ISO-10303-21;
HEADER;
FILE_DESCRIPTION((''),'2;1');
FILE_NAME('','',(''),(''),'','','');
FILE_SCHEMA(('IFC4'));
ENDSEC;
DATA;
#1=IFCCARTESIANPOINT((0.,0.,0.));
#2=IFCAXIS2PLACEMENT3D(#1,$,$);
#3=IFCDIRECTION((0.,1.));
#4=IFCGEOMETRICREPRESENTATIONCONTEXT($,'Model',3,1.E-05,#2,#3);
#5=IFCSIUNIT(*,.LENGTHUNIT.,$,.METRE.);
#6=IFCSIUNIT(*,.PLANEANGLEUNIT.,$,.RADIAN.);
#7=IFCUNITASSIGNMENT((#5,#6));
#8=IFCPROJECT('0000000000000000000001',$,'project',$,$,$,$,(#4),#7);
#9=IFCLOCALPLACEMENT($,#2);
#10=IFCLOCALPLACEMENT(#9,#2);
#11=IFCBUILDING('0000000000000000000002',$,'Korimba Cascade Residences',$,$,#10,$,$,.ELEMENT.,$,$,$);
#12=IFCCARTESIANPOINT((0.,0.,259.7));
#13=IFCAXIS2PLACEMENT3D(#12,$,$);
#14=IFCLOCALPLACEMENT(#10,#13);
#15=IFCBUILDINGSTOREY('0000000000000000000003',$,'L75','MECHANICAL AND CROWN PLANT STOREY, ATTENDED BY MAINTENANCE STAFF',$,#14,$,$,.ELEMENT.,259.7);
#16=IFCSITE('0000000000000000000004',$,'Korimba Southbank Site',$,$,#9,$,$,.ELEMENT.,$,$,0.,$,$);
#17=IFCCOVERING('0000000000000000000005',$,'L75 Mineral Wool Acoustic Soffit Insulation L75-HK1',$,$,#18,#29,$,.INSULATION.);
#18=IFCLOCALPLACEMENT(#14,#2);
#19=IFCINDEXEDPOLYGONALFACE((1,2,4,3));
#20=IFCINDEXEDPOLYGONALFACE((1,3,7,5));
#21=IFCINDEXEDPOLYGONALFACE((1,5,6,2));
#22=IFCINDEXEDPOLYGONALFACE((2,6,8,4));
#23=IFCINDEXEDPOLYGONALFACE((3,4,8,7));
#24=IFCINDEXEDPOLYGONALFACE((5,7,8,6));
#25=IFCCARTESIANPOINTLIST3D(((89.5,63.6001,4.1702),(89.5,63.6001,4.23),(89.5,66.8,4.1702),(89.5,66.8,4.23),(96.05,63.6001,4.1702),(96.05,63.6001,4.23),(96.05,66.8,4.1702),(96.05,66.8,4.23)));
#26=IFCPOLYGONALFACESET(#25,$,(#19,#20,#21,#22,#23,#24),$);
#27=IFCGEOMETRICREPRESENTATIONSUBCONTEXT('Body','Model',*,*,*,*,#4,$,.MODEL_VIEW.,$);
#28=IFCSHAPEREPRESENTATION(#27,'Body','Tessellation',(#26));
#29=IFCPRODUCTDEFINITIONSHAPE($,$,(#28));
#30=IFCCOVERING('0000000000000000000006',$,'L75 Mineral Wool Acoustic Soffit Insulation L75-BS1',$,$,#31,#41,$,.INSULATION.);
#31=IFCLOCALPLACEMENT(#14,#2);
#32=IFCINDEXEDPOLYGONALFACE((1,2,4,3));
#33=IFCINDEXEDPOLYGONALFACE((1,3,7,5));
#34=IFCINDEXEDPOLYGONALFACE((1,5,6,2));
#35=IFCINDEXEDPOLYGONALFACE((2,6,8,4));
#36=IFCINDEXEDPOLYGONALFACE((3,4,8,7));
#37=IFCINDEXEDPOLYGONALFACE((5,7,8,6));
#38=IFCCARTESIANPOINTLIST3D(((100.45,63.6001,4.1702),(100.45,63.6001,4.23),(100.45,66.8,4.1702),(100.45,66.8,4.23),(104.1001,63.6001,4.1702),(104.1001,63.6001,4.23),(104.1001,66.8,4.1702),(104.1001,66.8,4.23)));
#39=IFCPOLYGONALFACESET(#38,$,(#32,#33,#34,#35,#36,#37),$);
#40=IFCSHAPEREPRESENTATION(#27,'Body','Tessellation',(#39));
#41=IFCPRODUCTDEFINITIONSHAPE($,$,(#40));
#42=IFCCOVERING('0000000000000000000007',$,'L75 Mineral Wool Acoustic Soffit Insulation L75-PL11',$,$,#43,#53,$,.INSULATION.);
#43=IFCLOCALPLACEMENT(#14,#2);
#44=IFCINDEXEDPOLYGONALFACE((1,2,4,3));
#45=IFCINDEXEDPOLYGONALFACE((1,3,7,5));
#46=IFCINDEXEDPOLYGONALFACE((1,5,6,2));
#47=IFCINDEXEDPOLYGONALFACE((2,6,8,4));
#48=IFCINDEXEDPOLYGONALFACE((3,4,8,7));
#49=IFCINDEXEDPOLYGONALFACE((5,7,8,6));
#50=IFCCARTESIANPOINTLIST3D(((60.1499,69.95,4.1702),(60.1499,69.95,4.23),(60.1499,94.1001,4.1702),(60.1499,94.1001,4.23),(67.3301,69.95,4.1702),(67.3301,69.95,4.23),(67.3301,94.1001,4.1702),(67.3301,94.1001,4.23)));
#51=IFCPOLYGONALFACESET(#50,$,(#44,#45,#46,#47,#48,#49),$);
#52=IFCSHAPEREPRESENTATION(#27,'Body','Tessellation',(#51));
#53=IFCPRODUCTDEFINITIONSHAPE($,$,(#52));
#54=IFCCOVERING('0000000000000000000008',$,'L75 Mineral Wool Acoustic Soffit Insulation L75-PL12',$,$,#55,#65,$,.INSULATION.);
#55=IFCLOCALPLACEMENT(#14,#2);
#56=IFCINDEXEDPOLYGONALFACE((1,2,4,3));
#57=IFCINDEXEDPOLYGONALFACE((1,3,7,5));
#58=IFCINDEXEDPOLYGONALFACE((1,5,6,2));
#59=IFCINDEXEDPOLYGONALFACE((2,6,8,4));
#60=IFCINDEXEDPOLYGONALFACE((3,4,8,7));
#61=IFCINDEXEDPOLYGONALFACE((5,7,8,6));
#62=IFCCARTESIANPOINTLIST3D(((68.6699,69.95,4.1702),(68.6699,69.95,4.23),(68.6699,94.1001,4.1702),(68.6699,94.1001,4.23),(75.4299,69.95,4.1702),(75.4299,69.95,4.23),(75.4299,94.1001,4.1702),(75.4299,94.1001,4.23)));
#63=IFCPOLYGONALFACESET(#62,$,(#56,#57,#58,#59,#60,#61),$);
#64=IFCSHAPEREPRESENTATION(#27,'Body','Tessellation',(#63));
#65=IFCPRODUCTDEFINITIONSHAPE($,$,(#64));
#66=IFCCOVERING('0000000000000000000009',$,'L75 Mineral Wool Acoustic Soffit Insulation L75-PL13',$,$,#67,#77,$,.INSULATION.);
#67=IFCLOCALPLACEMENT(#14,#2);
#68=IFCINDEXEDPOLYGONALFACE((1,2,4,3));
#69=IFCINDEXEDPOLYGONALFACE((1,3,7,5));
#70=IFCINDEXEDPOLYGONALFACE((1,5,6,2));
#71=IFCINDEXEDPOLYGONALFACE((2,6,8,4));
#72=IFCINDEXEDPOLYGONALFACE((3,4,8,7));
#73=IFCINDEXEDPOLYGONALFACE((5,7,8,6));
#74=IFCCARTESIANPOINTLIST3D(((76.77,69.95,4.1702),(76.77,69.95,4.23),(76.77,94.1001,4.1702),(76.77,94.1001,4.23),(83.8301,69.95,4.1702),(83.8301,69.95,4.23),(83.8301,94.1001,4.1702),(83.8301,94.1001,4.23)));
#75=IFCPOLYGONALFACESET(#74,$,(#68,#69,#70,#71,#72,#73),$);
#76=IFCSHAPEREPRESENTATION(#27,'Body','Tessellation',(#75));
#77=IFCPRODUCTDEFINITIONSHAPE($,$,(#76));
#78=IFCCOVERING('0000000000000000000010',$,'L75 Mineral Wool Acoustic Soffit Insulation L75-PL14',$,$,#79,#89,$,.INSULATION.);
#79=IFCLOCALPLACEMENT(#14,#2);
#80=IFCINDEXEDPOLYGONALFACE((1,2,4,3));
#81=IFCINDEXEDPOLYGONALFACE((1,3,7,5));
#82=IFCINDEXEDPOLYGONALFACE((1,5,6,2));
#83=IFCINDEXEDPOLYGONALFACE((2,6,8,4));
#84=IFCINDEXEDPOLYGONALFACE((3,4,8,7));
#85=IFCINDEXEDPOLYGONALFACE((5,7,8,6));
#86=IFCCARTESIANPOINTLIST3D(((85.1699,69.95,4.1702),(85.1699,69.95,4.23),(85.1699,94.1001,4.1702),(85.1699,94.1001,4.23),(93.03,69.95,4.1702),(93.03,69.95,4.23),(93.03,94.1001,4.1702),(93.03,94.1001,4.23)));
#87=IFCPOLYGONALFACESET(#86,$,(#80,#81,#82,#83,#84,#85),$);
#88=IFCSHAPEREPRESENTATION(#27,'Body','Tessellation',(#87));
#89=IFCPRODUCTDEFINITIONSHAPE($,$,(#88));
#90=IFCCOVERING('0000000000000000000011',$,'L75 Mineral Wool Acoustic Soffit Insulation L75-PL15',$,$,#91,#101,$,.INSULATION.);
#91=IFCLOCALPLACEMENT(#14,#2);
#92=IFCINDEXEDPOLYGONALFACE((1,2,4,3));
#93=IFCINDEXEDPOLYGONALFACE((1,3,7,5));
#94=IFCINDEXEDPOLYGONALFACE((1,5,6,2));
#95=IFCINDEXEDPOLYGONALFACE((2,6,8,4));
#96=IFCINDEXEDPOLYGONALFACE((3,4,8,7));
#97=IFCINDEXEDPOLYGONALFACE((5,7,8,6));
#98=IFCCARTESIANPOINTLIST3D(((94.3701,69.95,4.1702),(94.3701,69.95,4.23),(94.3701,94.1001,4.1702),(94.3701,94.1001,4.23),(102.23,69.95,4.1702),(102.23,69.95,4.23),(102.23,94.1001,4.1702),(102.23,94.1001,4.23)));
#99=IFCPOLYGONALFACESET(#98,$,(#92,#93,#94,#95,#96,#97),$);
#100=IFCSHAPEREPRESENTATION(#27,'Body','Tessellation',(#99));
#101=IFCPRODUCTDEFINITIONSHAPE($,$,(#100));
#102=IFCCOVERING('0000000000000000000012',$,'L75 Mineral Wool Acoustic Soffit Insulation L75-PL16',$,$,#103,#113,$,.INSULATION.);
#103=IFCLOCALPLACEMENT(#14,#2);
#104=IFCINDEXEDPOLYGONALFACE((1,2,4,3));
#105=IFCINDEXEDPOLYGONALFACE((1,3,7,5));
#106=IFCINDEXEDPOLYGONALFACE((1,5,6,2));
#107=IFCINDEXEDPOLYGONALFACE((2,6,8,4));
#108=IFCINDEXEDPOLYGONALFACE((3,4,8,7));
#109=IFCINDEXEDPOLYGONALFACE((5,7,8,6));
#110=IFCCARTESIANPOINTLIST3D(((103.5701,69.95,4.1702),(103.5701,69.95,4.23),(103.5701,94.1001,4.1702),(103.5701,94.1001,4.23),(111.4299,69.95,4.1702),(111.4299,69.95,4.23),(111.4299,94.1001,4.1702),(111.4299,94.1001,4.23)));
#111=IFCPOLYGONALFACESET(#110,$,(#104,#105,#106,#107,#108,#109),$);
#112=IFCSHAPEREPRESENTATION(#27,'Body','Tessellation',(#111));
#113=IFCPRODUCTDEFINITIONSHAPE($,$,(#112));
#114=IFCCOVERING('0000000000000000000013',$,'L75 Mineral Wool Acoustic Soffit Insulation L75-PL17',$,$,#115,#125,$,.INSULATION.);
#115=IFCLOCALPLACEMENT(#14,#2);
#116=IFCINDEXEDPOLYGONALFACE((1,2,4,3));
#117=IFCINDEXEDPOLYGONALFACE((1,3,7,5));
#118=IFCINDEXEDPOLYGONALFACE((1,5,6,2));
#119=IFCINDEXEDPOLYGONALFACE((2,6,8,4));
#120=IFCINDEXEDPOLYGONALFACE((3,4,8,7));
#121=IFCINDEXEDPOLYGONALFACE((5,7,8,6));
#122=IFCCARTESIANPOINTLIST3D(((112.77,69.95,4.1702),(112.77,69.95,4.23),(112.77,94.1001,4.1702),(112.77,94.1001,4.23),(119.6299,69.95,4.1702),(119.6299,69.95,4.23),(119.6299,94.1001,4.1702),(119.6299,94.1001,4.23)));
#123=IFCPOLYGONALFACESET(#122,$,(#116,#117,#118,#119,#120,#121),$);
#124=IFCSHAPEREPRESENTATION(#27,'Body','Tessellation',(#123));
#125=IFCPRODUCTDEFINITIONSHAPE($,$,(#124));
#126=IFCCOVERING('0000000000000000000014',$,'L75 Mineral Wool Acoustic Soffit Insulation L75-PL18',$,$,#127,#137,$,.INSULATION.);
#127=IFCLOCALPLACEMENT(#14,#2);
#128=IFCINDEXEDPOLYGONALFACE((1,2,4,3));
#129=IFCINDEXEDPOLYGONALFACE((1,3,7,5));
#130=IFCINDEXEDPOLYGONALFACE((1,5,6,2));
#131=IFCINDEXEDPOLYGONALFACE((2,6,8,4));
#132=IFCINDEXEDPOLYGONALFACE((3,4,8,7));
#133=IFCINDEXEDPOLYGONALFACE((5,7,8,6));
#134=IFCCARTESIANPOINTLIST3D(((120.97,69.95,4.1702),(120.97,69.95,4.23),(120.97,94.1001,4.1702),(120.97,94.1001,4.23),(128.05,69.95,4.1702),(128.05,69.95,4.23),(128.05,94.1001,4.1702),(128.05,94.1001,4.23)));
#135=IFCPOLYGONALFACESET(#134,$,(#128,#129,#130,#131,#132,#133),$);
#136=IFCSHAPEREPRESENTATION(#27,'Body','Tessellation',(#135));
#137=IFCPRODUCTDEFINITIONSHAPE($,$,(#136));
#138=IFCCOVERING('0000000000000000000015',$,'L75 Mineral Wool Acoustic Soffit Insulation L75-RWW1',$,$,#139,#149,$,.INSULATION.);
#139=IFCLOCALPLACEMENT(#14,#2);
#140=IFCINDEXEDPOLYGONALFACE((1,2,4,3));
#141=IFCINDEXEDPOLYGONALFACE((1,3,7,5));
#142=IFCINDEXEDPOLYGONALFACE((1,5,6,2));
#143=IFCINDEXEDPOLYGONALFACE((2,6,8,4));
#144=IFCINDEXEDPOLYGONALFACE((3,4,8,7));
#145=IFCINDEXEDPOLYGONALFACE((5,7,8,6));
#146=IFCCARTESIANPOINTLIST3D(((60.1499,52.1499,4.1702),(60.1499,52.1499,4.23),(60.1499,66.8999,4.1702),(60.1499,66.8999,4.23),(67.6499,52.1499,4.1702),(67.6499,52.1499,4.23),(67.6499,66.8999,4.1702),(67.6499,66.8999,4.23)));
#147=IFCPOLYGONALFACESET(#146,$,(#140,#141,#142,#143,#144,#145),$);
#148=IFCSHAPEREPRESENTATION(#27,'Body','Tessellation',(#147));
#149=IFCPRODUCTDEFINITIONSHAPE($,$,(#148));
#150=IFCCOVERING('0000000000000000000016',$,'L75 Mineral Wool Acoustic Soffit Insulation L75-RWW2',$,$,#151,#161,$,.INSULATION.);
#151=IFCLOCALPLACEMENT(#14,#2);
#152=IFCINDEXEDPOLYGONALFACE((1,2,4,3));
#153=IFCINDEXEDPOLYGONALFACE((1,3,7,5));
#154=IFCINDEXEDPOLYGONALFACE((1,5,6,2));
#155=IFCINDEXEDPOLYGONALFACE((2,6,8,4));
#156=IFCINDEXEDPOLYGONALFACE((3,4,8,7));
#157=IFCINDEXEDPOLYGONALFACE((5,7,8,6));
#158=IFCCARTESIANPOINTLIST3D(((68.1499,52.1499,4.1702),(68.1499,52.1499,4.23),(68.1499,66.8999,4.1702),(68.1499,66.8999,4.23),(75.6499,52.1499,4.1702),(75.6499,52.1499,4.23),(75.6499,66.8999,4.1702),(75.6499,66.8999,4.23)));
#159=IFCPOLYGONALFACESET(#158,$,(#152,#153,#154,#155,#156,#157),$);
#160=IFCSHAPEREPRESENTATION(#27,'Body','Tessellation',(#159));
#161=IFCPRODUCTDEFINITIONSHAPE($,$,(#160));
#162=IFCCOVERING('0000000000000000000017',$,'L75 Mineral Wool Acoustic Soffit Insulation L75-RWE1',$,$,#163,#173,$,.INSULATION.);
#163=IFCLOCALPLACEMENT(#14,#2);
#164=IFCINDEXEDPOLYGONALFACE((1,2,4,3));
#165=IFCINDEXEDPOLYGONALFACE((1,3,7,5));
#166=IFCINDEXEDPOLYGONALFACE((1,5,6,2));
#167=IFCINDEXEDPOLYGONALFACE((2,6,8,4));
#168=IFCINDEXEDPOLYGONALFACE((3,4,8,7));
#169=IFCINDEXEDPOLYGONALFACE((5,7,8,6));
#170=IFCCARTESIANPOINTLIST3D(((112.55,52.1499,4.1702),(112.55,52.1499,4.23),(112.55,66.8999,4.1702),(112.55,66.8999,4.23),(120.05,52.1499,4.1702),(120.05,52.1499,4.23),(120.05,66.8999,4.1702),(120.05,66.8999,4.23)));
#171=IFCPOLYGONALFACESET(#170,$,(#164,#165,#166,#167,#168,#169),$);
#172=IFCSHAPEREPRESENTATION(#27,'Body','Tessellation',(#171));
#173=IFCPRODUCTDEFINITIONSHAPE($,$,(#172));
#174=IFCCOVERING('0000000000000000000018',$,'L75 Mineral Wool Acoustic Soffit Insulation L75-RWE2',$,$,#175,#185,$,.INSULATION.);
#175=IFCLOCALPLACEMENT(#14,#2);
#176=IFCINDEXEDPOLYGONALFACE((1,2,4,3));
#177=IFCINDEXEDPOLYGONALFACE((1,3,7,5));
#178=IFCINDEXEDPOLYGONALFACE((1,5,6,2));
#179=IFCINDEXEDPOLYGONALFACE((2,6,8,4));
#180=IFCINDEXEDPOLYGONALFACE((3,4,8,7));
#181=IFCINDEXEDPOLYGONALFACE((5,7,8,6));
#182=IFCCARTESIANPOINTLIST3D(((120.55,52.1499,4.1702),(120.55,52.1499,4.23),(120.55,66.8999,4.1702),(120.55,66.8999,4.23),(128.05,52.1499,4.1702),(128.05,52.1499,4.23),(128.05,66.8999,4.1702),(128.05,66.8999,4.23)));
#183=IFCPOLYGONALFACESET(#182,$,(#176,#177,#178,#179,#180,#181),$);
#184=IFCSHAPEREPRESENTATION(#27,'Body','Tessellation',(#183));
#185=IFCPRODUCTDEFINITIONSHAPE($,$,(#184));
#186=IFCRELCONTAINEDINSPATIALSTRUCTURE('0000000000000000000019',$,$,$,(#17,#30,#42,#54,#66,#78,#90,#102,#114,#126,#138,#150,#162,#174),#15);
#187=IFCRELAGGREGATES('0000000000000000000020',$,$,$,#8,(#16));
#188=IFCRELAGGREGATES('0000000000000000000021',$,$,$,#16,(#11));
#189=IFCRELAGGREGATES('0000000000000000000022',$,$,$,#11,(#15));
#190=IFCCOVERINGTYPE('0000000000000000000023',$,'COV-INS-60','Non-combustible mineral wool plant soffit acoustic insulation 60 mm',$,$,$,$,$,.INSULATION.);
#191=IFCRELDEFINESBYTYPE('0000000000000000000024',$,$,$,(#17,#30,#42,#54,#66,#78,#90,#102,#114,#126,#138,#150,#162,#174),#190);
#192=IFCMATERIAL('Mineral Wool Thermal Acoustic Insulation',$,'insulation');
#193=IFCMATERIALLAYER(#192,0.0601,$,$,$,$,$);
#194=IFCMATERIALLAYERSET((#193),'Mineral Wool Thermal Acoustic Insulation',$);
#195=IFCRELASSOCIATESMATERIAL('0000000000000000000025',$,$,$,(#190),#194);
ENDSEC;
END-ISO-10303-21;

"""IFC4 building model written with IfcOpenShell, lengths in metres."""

from ifc_helpers import new_model, si_unit, direction, frame, origin, place, context, subcontext, project, spatial, polyline, outline, extrude, material, layer, layer_set, type_object, element, save


model = new_model("IFC4")

# Units and contexts
model_context = context("Model", 3, precision=1e-05, world=origin(), true_north=direction((0.0, 1.0)))
body_context = subcontext(model_context, "Body", "Model", "MODEL_VIEW")
ifc_project = project(units=[si_unit("LENGTHUNIT", "METRE"), si_unit("PLANEANGLEUNIT", "RADIAN")], contexts=[model_context])

# Site, building, storey
site_placement = place(None, origin())
site = spatial("IfcSite", under=ifc_project, at=site_placement, Name="Korimba Southbank Site", CompositionType="ELEMENT", RefElevation=0.0)
building_placement = place(site_placement, origin())
building = spatial("IfcBuilding", under=site, at=building_placement, Name="Korimba Cascade Residences", CompositionType="ELEMENT")
storey_placement = place(building_placement, frame((0.0, 0.0, 259.7)))
storey = spatial("IfcBuildingStorey", under=building, at=storey_placement, Name="L75", Description="MECHANICAL AND CROWN PLANT STOREY, ATTENDED BY MAINTENANCE STAFF", CompositionType="ELEMENT", Elevation=259.7)

# Coverings
ifc_material_1 = material(Name="Mineral Wool Thermal Acoustic Insulation", Category="insulation")
ifc_layer_1 = layer(ifc_material_1, 0.0601)
ifc_layer_set_1 = layer_set([ifc_layer_1], Name="Mineral Wool Thermal Acoustic Insulation")
covering_type = type_object("IfcCoveringType", Name="COV-INS-60", Description="Non-combustible mineral wool plant soffit acoustic insulation 60 mm", PredefinedType="INSULATION", material=ifc_layer_set_1)
covering_1_placement = place(storey_placement, frame((0.0, 0.0, 4.1702)))
element("IfcCovering", 1, at=covering_1_placement, inside=storey, type_object=covering_type, Name="L75 Mineral Wool Acoustic Soffit Insulation L75-HK1", PredefinedType="INSULATION", context=body_context, shape_type="SweptSolid", body=[
    extrude(outline(polyline([(89.5, 63.6001), (96.05, 63.6001), (96.05, 66.8), (89.5, 66.8), (89.5, 63.6001)])), origin(), (0.0, 0.0, 1.0), 0.0598),
])
covering_2_placement = place(storey_placement, frame((0.0, 0.0, 4.1702)))
element("IfcCovering", 2, at=covering_2_placement, inside=storey, type_object=covering_type, Name="L75 Mineral Wool Acoustic Soffit Insulation L75-BS1", PredefinedType="INSULATION", context=body_context, shape_type="SweptSolid", body=[
    extrude(outline(polyline([(100.45, 63.6001), (104.1001, 63.6001), (104.1001, 66.8), (100.45, 66.8), (100.45, 63.6001)])), origin(), (0.0, 0.0, 1.0), 0.0598),
])
covering_3_placement = place(storey_placement, frame((0.0, 0.0, 4.1702)))
element("IfcCovering", 3, at=covering_3_placement, inside=storey, type_object=covering_type, Name="L75 Mineral Wool Acoustic Soffit Insulation L75-PL11", PredefinedType="INSULATION", context=body_context, shape_type="SweptSolid", body=[
    extrude(outline(polyline([(60.1499, 69.95), (67.3301, 69.95), (67.3301, 94.1001), (60.1499, 94.1001), (60.1499, 69.95)])), origin(), (0.0, 0.0, 1.0), 0.0598),
])
covering_4_placement = place(storey_placement, frame((0.0, 0.0, 4.1702)))
element("IfcCovering", 4, at=covering_4_placement, inside=storey, type_object=covering_type, Name="L75 Mineral Wool Acoustic Soffit Insulation L75-PL12", PredefinedType="INSULATION", context=body_context, shape_type="SweptSolid", body=[
    extrude(outline(polyline([(68.6699, 69.95), (75.4299, 69.95), (75.4299, 94.1001), (68.6699, 94.1001), (68.6699, 69.95)])), origin(), (0.0, 0.0, 1.0), 0.0598),
])
covering_5_placement = place(storey_placement, frame((0.0, 0.0, 4.1702)))
element("IfcCovering", 5, at=covering_5_placement, inside=storey, type_object=covering_type, Name="L75 Mineral Wool Acoustic Soffit Insulation L75-PL13", PredefinedType="INSULATION", context=body_context, shape_type="SweptSolid", body=[
    extrude(outline(polyline([(76.77, 69.95), (83.8301, 69.95), (83.8301, 94.1001), (76.77, 94.1001), (76.77, 69.95)])), origin(), (0.0, 0.0, 1.0), 0.0598),
])
covering_6_placement = place(storey_placement, frame((0.0, 0.0, 4.1702)))
element("IfcCovering", 6, at=covering_6_placement, inside=storey, type_object=covering_type, Name="L75 Mineral Wool Acoustic Soffit Insulation L75-PL14", PredefinedType="INSULATION", context=body_context, shape_type="SweptSolid", body=[
    extrude(outline(polyline([(85.1699, 69.95), (93.03, 69.95), (93.03, 94.1001), (85.1699, 94.1001), (85.1699, 69.95)])), origin(), (0.0, 0.0, 1.0), 0.0598),
])
covering_7_placement = place(storey_placement, frame((0.0, 0.0, 4.1702)))
element("IfcCovering", 7, at=covering_7_placement, inside=storey, type_object=covering_type, Name="L75 Mineral Wool Acoustic Soffit Insulation L75-PL15", PredefinedType="INSULATION", context=body_context, shape_type="SweptSolid", body=[
    extrude(outline(polyline([(94.3701, 69.95), (102.23, 69.95), (102.23, 94.1001), (94.3701, 94.1001), (94.3701, 69.95)])), origin(), (0.0, 0.0, 1.0), 0.0598),
])
covering_8_placement = place(storey_placement, frame((0.0, 0.0, 4.1702)))
element("IfcCovering", 8, at=covering_8_placement, inside=storey, type_object=covering_type, Name="L75 Mineral Wool Acoustic Soffit Insulation L75-PL16", PredefinedType="INSULATION", context=body_context, shape_type="SweptSolid", body=[
    extrude(outline(polyline([(103.5701, 69.95), (111.4299, 69.95), (111.4299, 94.1001), (103.5701, 94.1001), (103.5701, 69.95)])), origin(), (0.0, 0.0, 1.0), 0.0598),
])
covering_9_placement = place(storey_placement, frame((0.0, 0.0, 4.1702)))
element("IfcCovering", 9, at=covering_9_placement, inside=storey, type_object=covering_type, Name="L75 Mineral Wool Acoustic Soffit Insulation L75-PL17", PredefinedType="INSULATION", context=body_context, shape_type="SweptSolid", body=[
    extrude(outline(polyline([(112.77, 69.95), (119.6299, 69.95), (119.6299, 94.1001), (112.77, 94.1001), (112.77, 69.95)])), origin(), (0.0, 0.0, 1.0), 0.0598),
])
covering_10_placement = place(storey_placement, frame((0.0, 0.0, 4.1702)))
element("IfcCovering", 10, at=covering_10_placement, inside=storey, type_object=covering_type, Name="L75 Mineral Wool Acoustic Soffit Insulation L75-PL18", PredefinedType="INSULATION", context=body_context, shape_type="SweptSolid", body=[
    extrude(outline(polyline([(120.97, 69.95), (128.05, 69.95), (128.05, 94.1001), (120.97, 94.1001), (120.97, 69.95)])), origin(), (0.0, 0.0, 1.0), 0.0598),
])
covering_11_placement = place(storey_placement, frame((0.0, 0.0, 4.1702)))
element("IfcCovering", 11, at=covering_11_placement, inside=storey, type_object=covering_type, Name="L75 Mineral Wool Acoustic Soffit Insulation L75-RWW1", PredefinedType="INSULATION", context=body_context, shape_type="SweptSolid", body=[
    extrude(outline(polyline([(60.1499, 52.1499), (67.6499, 52.1499), (67.6499, 66.8999), (60.1499, 66.8999), (60.1499, 52.1499)])), origin(), (0.0, 0.0, 1.0), 0.0598),
])
covering_12_placement = place(storey_placement, frame((0.0, 0.0, 4.1702)))
element("IfcCovering", 12, at=covering_12_placement, inside=storey, type_object=covering_type, Name="L75 Mineral Wool Acoustic Soffit Insulation L75-RWW2", PredefinedType="INSULATION", context=body_context, shape_type="SweptSolid", body=[
    extrude(outline(polyline([(68.1499, 52.1499), (75.6499, 52.1499), (75.6499, 66.8999), (68.1499, 66.8999), (68.1499, 52.1499)])), origin(), (0.0, 0.0, 1.0), 0.0598),
])
covering_13_placement = place(storey_placement, frame((0.0, 0.0, 4.1702)))
element("IfcCovering", 13, at=covering_13_placement, inside=storey, type_object=covering_type, Name="L75 Mineral Wool Acoustic Soffit Insulation L75-RWE1", PredefinedType="INSULATION", context=body_context, shape_type="SweptSolid", body=[
    extrude(outline(polyline([(112.55, 52.1499), (120.05, 52.1499), (120.05, 66.8999), (112.55, 66.8999), (112.55, 52.1499)])), origin(), (0.0, 0.0, 1.0), 0.0598),
])
covering_14_placement = place(storey_placement, frame((0.0, 0.0, 4.1702)))
element("IfcCovering", 14, at=covering_14_placement, inside=storey, type_object=covering_type, Name="L75 Mineral Wool Acoustic Soffit Insulation L75-RWE2", PredefinedType="INSULATION", context=body_context, shape_type="SweptSolid", body=[
    extrude(outline(polyline([(120.55, 52.1499), (128.05, 52.1499), (128.05, 66.8999), (120.55, 66.8999), (120.55, 52.1499)])), origin(), (0.0, 0.0, 1.0), 0.0598),
])

save(model, "model.ifc")
